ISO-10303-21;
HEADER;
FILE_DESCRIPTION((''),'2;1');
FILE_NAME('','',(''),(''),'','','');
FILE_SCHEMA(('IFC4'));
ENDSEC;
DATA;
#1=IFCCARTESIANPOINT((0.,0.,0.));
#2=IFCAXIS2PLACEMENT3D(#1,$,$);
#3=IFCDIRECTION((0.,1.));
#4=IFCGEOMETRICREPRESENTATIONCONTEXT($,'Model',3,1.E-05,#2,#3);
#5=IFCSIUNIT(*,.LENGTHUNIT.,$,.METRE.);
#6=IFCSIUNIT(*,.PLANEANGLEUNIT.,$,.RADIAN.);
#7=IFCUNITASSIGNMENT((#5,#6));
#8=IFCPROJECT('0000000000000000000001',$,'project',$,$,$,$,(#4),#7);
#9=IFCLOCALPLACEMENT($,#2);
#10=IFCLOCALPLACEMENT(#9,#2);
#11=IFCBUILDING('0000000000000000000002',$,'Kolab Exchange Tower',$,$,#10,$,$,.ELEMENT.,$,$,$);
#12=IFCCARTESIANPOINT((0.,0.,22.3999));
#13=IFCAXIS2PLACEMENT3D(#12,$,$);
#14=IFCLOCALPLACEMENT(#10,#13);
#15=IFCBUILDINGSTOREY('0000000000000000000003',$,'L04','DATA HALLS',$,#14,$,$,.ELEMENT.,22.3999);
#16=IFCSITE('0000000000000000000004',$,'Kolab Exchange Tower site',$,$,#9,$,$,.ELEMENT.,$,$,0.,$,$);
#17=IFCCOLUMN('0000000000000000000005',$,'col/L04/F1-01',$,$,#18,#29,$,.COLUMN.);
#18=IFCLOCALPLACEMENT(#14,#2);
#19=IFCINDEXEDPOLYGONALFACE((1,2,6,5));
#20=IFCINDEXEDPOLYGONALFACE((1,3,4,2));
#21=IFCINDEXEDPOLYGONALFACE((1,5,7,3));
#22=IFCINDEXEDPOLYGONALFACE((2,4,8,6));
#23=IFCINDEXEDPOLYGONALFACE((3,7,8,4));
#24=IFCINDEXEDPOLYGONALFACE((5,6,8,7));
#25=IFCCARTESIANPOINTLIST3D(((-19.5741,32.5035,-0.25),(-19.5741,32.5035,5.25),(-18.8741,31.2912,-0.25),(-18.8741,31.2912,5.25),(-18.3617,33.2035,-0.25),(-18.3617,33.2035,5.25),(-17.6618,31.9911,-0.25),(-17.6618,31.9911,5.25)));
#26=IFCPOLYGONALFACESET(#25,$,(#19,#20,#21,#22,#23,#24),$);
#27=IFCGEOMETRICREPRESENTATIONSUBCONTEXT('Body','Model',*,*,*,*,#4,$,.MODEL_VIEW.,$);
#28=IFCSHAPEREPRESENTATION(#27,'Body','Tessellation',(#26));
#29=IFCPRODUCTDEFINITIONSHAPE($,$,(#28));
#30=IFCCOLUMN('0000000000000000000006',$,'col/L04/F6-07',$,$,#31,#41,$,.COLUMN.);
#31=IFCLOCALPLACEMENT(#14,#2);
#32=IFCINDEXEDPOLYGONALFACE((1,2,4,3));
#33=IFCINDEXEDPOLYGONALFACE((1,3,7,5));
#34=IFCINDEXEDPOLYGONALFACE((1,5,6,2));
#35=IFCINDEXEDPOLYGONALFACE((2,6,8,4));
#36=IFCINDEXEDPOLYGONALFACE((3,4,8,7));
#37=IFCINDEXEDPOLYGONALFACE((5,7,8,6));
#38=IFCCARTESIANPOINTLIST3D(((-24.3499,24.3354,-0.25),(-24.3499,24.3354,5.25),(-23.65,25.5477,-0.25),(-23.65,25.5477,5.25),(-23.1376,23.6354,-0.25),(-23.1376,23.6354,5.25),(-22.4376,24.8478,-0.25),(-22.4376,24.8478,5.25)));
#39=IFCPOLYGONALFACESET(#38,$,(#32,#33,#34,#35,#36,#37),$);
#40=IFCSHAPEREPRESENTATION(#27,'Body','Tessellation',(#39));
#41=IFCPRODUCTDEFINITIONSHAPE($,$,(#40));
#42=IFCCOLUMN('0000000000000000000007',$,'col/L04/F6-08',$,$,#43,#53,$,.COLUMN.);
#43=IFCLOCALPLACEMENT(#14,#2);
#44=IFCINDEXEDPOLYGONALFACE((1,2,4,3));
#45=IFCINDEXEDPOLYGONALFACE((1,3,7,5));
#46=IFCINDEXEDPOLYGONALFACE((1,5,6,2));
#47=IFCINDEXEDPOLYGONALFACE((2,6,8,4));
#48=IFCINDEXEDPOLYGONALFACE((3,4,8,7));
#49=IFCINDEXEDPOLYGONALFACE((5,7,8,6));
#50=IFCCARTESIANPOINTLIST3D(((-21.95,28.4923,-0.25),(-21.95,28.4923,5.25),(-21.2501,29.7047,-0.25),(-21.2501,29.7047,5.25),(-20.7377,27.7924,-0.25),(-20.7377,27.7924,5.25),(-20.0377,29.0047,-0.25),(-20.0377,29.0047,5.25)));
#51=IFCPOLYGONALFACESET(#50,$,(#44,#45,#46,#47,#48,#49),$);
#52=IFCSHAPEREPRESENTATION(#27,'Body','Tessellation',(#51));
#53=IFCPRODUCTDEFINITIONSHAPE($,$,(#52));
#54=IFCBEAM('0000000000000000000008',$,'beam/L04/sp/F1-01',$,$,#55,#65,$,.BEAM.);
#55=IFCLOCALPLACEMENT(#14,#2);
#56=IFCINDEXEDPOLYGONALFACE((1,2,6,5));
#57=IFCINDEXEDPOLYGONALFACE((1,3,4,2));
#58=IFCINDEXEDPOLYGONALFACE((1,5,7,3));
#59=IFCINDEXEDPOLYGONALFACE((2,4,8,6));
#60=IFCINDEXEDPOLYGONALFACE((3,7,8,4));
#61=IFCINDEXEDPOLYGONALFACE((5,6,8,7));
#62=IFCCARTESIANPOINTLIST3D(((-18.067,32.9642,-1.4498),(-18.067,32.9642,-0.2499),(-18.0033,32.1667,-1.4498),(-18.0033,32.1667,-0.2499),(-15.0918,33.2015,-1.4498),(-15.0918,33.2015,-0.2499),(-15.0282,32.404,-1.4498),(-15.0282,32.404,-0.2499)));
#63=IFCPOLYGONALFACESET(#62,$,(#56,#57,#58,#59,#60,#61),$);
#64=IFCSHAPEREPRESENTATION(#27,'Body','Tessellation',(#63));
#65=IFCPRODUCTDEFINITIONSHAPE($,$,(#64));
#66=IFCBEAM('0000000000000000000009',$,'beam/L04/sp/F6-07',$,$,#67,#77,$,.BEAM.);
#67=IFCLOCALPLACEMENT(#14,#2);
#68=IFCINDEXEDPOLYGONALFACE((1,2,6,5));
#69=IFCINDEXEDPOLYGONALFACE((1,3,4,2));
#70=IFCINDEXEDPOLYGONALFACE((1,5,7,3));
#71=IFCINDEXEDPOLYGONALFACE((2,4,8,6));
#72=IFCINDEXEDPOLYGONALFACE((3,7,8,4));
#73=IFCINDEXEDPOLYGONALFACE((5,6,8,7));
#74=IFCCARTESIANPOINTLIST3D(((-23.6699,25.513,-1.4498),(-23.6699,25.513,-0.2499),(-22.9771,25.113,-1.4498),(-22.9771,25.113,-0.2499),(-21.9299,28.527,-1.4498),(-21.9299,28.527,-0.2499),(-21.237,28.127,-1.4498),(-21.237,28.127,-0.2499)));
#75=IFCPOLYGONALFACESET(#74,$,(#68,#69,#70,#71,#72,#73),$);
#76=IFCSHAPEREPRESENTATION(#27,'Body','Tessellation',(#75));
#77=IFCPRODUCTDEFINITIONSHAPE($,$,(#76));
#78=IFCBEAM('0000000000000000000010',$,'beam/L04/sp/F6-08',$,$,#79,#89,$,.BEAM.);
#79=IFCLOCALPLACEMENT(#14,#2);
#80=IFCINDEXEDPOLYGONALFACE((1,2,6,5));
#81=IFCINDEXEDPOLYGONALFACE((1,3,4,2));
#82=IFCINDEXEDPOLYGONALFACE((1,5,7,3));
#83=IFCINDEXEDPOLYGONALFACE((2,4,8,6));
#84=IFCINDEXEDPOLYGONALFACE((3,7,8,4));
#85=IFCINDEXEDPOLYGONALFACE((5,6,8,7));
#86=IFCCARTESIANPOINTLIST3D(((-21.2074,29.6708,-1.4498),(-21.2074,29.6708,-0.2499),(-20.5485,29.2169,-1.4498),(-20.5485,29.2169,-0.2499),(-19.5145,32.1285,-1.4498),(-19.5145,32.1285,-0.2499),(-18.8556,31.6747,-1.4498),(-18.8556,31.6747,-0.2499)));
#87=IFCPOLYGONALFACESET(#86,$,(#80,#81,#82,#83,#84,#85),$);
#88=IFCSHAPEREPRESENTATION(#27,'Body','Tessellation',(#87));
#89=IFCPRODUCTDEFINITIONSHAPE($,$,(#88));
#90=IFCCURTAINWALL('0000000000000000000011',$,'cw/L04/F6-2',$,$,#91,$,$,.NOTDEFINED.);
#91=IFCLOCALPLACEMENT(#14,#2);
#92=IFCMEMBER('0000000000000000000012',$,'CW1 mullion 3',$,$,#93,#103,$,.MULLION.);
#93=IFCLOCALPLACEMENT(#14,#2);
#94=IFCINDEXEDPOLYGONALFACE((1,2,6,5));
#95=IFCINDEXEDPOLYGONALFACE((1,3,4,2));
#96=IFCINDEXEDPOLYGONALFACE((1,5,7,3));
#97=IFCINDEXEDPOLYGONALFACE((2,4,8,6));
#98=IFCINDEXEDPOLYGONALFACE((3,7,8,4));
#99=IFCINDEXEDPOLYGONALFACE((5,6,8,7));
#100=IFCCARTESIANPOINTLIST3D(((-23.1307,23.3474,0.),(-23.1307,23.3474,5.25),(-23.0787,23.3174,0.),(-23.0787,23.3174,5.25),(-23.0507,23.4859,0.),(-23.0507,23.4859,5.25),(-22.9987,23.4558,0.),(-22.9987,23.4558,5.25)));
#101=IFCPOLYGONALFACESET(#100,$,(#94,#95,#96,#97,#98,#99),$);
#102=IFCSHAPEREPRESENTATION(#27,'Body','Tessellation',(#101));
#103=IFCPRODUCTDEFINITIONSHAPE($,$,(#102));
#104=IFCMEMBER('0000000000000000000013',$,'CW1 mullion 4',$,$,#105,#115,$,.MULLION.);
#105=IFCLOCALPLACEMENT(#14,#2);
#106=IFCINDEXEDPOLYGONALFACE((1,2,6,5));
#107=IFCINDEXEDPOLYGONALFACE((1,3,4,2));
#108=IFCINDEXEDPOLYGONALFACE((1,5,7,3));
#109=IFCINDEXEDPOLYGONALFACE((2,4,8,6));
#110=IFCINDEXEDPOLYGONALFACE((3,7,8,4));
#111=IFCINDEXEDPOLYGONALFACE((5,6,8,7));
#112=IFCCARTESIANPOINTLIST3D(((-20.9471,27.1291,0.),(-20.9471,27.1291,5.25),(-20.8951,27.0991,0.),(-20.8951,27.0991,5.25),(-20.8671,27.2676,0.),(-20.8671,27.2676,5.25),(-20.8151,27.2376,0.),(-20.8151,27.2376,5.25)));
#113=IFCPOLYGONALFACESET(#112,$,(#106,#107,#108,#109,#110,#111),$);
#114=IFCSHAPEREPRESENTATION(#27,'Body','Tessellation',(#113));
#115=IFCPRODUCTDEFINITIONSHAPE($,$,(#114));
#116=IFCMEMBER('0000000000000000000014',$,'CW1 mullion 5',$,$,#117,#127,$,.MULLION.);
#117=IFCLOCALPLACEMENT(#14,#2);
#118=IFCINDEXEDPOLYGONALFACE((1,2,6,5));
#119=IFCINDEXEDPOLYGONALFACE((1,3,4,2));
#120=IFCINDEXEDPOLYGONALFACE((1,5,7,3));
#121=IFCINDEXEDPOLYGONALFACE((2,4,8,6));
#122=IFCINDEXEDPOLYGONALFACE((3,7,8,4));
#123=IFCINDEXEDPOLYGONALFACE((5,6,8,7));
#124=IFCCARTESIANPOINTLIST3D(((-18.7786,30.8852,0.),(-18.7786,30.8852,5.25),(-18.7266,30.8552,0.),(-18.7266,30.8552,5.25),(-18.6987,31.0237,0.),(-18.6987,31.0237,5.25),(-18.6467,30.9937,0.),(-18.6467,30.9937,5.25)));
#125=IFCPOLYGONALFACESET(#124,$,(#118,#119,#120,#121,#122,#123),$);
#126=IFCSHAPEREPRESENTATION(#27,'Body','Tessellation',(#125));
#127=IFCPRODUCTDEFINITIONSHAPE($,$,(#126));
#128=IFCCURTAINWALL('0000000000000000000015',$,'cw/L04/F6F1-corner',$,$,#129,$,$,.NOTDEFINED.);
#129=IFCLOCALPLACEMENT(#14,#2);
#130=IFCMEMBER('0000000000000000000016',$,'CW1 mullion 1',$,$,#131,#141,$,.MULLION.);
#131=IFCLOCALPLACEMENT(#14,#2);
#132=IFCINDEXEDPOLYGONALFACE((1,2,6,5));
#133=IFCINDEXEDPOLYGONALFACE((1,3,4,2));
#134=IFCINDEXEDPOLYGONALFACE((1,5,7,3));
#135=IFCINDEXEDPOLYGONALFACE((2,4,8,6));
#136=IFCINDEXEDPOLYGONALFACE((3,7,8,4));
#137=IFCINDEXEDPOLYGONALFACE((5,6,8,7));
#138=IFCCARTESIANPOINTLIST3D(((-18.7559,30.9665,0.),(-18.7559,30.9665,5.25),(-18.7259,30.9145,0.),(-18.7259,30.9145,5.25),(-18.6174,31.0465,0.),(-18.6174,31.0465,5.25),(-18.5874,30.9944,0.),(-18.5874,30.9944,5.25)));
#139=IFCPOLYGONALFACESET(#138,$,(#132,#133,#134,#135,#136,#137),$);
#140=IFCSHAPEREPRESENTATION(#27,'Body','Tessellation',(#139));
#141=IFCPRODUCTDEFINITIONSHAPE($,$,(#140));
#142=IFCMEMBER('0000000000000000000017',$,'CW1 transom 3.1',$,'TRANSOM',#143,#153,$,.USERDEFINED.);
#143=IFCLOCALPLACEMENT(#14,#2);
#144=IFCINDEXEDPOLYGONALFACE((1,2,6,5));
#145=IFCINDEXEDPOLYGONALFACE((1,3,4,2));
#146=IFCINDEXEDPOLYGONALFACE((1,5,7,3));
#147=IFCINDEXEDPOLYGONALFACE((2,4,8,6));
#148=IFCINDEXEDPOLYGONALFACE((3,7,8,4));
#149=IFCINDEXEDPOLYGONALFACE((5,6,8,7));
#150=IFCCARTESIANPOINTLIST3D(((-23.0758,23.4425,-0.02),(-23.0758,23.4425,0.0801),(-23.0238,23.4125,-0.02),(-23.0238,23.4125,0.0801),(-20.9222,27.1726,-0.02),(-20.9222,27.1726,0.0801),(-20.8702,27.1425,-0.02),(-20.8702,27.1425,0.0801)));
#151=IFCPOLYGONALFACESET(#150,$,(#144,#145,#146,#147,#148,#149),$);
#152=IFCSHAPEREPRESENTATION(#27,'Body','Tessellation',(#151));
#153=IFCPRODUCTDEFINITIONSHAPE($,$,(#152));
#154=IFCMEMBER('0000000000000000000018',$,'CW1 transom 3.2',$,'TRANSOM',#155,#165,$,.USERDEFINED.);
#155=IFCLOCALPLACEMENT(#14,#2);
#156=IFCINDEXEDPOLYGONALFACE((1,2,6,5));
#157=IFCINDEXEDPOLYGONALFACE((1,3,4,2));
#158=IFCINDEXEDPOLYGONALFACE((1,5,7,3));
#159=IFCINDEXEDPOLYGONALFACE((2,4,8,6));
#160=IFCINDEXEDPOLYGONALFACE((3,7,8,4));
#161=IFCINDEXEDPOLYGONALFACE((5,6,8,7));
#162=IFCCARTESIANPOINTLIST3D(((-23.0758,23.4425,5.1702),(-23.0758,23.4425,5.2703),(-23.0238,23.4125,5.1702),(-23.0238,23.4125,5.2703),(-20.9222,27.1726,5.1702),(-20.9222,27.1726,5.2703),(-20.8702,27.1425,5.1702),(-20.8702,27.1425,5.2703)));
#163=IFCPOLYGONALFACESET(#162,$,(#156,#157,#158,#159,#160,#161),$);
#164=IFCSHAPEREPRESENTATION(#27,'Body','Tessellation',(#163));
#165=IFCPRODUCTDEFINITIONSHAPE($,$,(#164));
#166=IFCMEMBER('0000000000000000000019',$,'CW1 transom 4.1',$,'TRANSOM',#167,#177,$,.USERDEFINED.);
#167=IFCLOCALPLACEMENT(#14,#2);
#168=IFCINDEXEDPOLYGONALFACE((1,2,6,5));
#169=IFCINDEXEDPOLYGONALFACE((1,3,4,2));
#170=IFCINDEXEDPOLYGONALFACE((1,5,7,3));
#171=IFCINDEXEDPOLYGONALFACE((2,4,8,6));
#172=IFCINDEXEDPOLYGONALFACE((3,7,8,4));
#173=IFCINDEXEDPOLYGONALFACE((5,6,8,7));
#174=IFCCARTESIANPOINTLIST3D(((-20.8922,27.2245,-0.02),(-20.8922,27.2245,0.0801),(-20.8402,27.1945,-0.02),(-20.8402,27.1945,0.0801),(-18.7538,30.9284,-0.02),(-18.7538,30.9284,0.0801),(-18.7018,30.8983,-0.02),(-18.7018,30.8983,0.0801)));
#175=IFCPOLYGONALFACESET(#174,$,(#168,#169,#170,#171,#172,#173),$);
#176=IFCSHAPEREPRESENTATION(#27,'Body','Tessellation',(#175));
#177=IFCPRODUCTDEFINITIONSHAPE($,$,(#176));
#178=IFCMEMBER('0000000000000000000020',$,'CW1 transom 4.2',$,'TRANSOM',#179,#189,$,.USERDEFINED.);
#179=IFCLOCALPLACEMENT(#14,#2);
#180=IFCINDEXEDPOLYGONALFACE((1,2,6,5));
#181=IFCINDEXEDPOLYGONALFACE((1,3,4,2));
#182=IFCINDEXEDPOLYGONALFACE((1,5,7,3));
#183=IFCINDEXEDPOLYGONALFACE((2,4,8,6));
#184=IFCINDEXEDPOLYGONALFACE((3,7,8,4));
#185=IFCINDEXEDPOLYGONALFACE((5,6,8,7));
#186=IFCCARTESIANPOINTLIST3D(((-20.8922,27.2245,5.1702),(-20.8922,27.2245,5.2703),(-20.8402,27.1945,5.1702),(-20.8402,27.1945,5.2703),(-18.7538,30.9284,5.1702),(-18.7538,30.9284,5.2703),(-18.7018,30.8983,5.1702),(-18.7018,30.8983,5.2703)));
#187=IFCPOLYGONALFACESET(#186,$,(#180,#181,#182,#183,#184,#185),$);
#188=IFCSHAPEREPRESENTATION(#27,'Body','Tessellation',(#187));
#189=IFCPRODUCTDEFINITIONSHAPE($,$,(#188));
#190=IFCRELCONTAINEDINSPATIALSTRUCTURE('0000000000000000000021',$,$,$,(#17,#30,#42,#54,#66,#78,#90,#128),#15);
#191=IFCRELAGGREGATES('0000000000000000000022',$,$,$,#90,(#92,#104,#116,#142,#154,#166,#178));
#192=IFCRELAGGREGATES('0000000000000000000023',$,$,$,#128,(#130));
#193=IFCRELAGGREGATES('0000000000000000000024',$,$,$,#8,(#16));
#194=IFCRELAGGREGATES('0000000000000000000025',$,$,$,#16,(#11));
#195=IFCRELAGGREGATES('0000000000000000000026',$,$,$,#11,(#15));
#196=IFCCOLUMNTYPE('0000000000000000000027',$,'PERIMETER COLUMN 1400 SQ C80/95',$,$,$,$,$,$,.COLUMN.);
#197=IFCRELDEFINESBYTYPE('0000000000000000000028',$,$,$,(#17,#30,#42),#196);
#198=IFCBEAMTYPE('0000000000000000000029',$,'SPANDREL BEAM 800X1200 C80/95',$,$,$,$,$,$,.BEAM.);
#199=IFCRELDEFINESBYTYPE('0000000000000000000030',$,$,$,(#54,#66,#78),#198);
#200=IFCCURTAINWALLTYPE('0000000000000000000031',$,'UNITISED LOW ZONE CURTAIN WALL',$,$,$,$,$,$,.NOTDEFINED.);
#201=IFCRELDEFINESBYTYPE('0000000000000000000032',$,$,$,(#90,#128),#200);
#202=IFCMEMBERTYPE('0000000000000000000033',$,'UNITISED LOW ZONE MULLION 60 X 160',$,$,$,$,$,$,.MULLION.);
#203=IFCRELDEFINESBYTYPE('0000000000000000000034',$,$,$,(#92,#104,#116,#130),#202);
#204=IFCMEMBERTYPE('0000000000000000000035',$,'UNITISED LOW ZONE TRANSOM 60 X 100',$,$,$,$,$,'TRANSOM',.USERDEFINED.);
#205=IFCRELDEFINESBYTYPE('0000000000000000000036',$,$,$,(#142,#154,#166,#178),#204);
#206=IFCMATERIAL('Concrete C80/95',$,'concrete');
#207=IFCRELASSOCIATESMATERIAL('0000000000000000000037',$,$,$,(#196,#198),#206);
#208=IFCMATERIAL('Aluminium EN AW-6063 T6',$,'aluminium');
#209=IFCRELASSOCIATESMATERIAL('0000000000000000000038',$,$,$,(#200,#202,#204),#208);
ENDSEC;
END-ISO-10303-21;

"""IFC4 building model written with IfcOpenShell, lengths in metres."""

from ifc_helpers import new_model, si_unit, direction, frame, origin, origin_2d, place, context, subcontext, project, spatial, rectangle, extrude, material, material_profile, profile_set, type_object, element, aggregate, save


model = new_model("IFC4")

# Units and contexts
model_context = context("Model", 3, precision=1e-05, world=origin(), true_north=direction((0.0, 1.0)))
body_context = subcontext(model_context, "Body", "Model", "MODEL_VIEW")
ifc_project = project(units=[si_unit("LENGTHUNIT", "METRE"), si_unit("PLANEANGLEUNIT", "RADIAN")], contexts=[model_context])

# Site, building, storey
site_placement = place(None, origin())
site = spatial("IfcSite", under=ifc_project, at=site_placement, Name="Kolab Exchange Tower site", CompositionType="ELEMENT", RefElevation=0.0)
building_placement = place(site_placement, origin())
building = spatial("IfcBuilding", under=site, at=building_placement, Name="Kolab Exchange Tower", CompositionType="ELEMENT")
storey_placement = place(building_placement, frame((0.0, 0.0, 22.3999)))
storey = spatial("IfcBuildingStorey", under=building, at=storey_placement, Name="L04", Description="DATA HALLS", CompositionType="ELEMENT", Elevation=22.3999)

# Columns
ifc_material_1 = material(Name="Concrete C80/95", Category="concrete")
ifc_material_profile_1 = material_profile(ifc_material_1, rectangle(XDim=1.3999, YDim=1.3999, at=origin_2d()), Name="RC1400")
ifc_profile_set_1 = profile_set([ifc_material_profile_1], Name="Concrete C80/95")
column_type = type_object("IfcColumnType", Name="PERIMETER COLUMN 1400 SQ C80/95", PredefinedType="COLUMN", material=ifc_profile_set_1)
for number, where, z_axis, x_axis, name in (
    (1, (-18.6179, 32.2473, -0.25), (0.0, 0.0, 1.0), (0.866025, 0.5, 0.0), "col/L04/F1-01"),
    (2, (-23.3938, 24.5916, -0.25), (0.0, 0.0, 1.0), (0.5, 0.866025, 0.0), "col/L04/F6-07"),
    (3, (-20.9939, 28.7485, -0.25), (0.0, 0.0, 1.0), (0.5, 0.866025, 0.0), "col/L04/F6-08"),
):
    element("IfcColumn", number, at=place(storey_placement, frame(where, z_axis=z_axis, x_axis=x_axis)), inside=storey, type_object=column_type, Name=name, PredefinedType="COLUMN", context=body_context, shape_type="SweptSolid", body=[
        extrude(rectangle(XDim=1.3999, YDim=1.3999, at=origin_2d()), origin(), (0.0, 0.0, 1.0), 5.5),
    ])

# Beams
ifc_material_profile_2 = material_profile(ifc_material_1, rectangle(XDim=0.8, YDim=1.2, at=origin_2d()), Name="RC800X1200")
ifc_profile_set_2 = profile_set([ifc_material_profile_2], Name="Concrete C80/95")
beam_type = type_object("IfcBeamType", Name="SPANDREL BEAM 800X1200 C80/95", PredefinedType="BEAM", material=ifc_profile_set_2)
beam_1_placement = place(storey_placement, frame((-18.0352, 32.5654, -0.8499), z_axis=(0.996834, 0.079511, 0.0), x_axis=(-0.079511, 0.996834, 0.0)))
element("IfcBeam", 4, at=beam_1_placement, inside=storey, type_object=beam_type, Name="beam/L04/sp/F1-01", PredefinedType="BEAM", context=body_context, shape_type="SweptSolid", body=[
    extrude(rectangle(XDim=0.8, YDim=1.2, at=origin_2d()), origin(), (0.0, 0.0, 1.0), 2.9846),
])
beam_2_placement = place(storey_placement, frame((-23.3235, 25.313, -0.8499), z_axis=(0.49998, 0.866037, 0.0), x_axis=(-0.866037, 0.49998, 0.0)))
element("IfcBeam", 5, at=beam_2_placement, inside=storey, type_object=beam_type, Name="beam/L04/sp/F6-07", PredefinedType="BEAM", context=body_context, shape_type="SweptSolid", body=[
    extrude(rectangle(XDim=0.8, YDim=1.2, at=origin_2d()), origin(), (0.0, 0.0, 1.0), 3.4802),
])
beam_3_placement = place(storey_placement, frame((-20.8779, 29.4438, -0.8499), z_axis=(0.567247, 0.823548, 0.0), x_axis=(-0.823548, 0.567247, 0.0)))
element("IfcBeam", 6, at=beam_3_placement, inside=storey, type_object=beam_type, Name="beam/L04/sp/F6-08", PredefinedType="BEAM", context=body_context, shape_type="SweptSolid", body=[
    extrude(rectangle(XDim=0.8, YDim=1.2, at=origin_2d()), origin(), (0.0, 0.0, 1.0), 2.9844),
])

# Curtain wall, members
ifc_material_2 = material(Name="Aluminium EN AW-6063 T6", Category="aluminium")
curtain_wall_type = type_object("IfcCurtainWallType", Name="UNITISED LOW ZONE CURTAIN WALL", PredefinedType="NOTDEFINED", material=ifc_material_2)
curtain_wall_1_placement = place(storey_placement, origin())
curtain_wall_1 = element("IfcCurtainWall", 7, at=curtain_wall_1_placement, inside=storey, type_object=curtain_wall_type, Name="cw/L04/F6-2", PredefinedType="NOTDEFINED")
ifc_material_profile_3 = material_profile(ifc_material_2, rectangle(XDim=0.0601, YDim=0.1599, at=origin_2d()), Name="RECT 60X160")
ifc_profile_set_3 = profile_set([ifc_material_profile_3], Name="Aluminium EN AW-6063 T6")
member_type_1 = type_object("IfcMemberType", Name="UNITISED LOW ZONE MULLION 60 X 160", PredefinedType="MULLION", material=ifc_profile_set_3)
member_1_placement = place(storey_placement, frame((-23.0647, 23.4016, 0.0), z_axis=(0.0, 0.0, 1.0), x_axis=(-0.866025, 0.5, 0.0)))
member_1 = element("IfcMember", 8, at=member_1_placement, type_object=member_type_1, Name="CW1 mullion 3", PredefinedType="MULLION", context=body_context, shape_type="SweptSolid", body=[
    extrude(rectangle(XDim=0.0601, YDim=0.1599, at=origin_2d()), origin(), (0.0, 0.0, 1.0), 5.25),
])
member_2_placement = place(storey_placement, frame((-20.8811, 27.1833, 0.0), z_axis=(0.0, 0.0, 1.0), x_axis=(-0.866025, 0.5, 0.0)))
member_2 = element("IfcMember", 9, at=member_2_placement, type_object=member_type_1, Name="CW1 mullion 4", PredefinedType="MULLION", context=body_context, shape_type="SweptSolid", body=[
    extrude(rectangle(XDim=0.0601, YDim=0.1599, at=origin_2d()), origin(), (0.0, 0.0, 1.0), 5.25),
])
member_3_placement = place(storey_placement, frame((-18.7126, 30.9395, 0.0), z_axis=(0.0, 0.0, 1.0), x_axis=(-0.866025, 0.5, 0.0)))
member_3 = element("IfcMember", 10, at=member_3_placement, type_object=member_type_1, Name="CW1 mullion 5", PredefinedType="MULLION", context=body_context, shape_type="SweptSolid", body=[
    extrude(rectangle(XDim=0.0601, YDim=0.1599, at=origin_2d()), origin(), (0.0, 0.0, 1.0), 5.25),
])

# Curtain wall, member
curtain_wall_2_placement = place(storey_placement, origin())
curtain_wall_2 = element("IfcCurtainWall", 11, at=curtain_wall_2_placement, inside=storey, type_object=curtain_wall_type, Name="cw/L04/F6F1-corner", PredefinedType="NOTDEFINED")
member_4_placement = place(storey_placement, frame((-18.6716, 30.9805, 0.0), z_axis=(0.0, 0.0, 1.0), x_axis=(-0.5, 0.866025, 0.0)))
member_4 = element("IfcMember", 12, at=member_4_placement, type_object=member_type_1, Name="CW1 mullion 1", PredefinedType="MULLION", context=body_context, shape_type="SweptSolid", body=[
    extrude(rectangle(XDim=0.0601, YDim=0.1599, at=origin_2d()), origin(), (0.0, 0.0, 1.0), 5.25),
])

# Members
ifc_material_profile_4 = material_profile(ifc_material_2, rectangle(XDim=0.0601, YDim=0.1001, at=origin_2d()), Name="RECT 60X100")
ifc_profile_set_4 = profile_set([ifc_material_profile_4], Name="Aluminium EN AW-6063 T6")
member_type_2 = type_object("IfcMemberType", Name="UNITISED LOW ZONE TRANSOM 60 X 100", ElementType="TRANSOM", PredefinedType="USERDEFINED", material=ifc_profile_set_4)
member_5_placement = place(storey_placement, frame((-23.0498, 23.4275, 0.03), z_axis=(0.50001, 0.866019, 0.0), x_axis=(-0.866019, 0.50001, 0.0)))
member_5 = element("IfcMember", 13, at=member_5_placement, type_object=member_type_2, Name="CW1 transom 3.1", ObjectType="TRANSOM", PredefinedType="USERDEFINED", context=body_context, shape_type="SweptSolid", body=[
    extrude(rectangle(XDim=0.0601, YDim=0.1001, at=origin_2d()), origin(), (0.0, 0.0, 1.0), 4.3071),
])
member_6_placement = place(storey_placement, frame((-23.0498, 23.4275, 5.2202), z_axis=(0.50001, 0.866019, 0.0), x_axis=(-0.866019, 0.50001, 0.0)))
member_6 = element("IfcMember", 14, at=member_6_placement, type_object=member_type_2, Name="CW1 transom 3.2", ObjectType="TRANSOM", PredefinedType="USERDEFINED", context=body_context, shape_type="SweptSolid", body=[
    extrude(rectangle(XDim=0.0601, YDim=0.1001, at=origin_2d()), origin(), (0.0, 0.0, 1.0), 4.3071),
])
member_7_placement = place(storey_placement, frame((-20.8662, 27.2095, 0.03), z_axis=(0.500001, 0.866025, 0.0), x_axis=(-0.866025, 0.500001, 0.0)))
member_7 = element("IfcMember", 15, at=member_7_placement, type_object=member_type_2, Name="CW1 transom 4.1", ObjectType="TRANSOM", PredefinedType="USERDEFINED", context=body_context, shape_type="SweptSolid", body=[
    extrude(rectangle(XDim=0.0601, YDim=0.1001, at=origin_2d()), origin(), (0.0, 0.0, 1.0), 4.2769),
])
member_8_placement = place(storey_placement, frame((-20.8662, 27.2095, 5.2202), z_axis=(0.500001, 0.866025, 0.0), x_axis=(-0.866025, 0.500001, 0.0)))
member_8 = element("IfcMember", 16, at=member_8_placement, type_object=member_type_2, Name="CW1 transom 4.2", ObjectType="TRANSOM", PredefinedType="USERDEFINED", context=body_context, shape_type="SweptSolid", body=[
    extrude(rectangle(XDim=0.0601, YDim=0.1001, at=origin_2d()), origin(), (0.0, 0.0, 1.0), 4.2769),
])

aggregate(curtain_wall_1, [member_1, member_2, member_3, member_5, member_6, member_7, member_8])
aggregate(curtain_wall_2, [member_4])

save(model, "model.ifc")
